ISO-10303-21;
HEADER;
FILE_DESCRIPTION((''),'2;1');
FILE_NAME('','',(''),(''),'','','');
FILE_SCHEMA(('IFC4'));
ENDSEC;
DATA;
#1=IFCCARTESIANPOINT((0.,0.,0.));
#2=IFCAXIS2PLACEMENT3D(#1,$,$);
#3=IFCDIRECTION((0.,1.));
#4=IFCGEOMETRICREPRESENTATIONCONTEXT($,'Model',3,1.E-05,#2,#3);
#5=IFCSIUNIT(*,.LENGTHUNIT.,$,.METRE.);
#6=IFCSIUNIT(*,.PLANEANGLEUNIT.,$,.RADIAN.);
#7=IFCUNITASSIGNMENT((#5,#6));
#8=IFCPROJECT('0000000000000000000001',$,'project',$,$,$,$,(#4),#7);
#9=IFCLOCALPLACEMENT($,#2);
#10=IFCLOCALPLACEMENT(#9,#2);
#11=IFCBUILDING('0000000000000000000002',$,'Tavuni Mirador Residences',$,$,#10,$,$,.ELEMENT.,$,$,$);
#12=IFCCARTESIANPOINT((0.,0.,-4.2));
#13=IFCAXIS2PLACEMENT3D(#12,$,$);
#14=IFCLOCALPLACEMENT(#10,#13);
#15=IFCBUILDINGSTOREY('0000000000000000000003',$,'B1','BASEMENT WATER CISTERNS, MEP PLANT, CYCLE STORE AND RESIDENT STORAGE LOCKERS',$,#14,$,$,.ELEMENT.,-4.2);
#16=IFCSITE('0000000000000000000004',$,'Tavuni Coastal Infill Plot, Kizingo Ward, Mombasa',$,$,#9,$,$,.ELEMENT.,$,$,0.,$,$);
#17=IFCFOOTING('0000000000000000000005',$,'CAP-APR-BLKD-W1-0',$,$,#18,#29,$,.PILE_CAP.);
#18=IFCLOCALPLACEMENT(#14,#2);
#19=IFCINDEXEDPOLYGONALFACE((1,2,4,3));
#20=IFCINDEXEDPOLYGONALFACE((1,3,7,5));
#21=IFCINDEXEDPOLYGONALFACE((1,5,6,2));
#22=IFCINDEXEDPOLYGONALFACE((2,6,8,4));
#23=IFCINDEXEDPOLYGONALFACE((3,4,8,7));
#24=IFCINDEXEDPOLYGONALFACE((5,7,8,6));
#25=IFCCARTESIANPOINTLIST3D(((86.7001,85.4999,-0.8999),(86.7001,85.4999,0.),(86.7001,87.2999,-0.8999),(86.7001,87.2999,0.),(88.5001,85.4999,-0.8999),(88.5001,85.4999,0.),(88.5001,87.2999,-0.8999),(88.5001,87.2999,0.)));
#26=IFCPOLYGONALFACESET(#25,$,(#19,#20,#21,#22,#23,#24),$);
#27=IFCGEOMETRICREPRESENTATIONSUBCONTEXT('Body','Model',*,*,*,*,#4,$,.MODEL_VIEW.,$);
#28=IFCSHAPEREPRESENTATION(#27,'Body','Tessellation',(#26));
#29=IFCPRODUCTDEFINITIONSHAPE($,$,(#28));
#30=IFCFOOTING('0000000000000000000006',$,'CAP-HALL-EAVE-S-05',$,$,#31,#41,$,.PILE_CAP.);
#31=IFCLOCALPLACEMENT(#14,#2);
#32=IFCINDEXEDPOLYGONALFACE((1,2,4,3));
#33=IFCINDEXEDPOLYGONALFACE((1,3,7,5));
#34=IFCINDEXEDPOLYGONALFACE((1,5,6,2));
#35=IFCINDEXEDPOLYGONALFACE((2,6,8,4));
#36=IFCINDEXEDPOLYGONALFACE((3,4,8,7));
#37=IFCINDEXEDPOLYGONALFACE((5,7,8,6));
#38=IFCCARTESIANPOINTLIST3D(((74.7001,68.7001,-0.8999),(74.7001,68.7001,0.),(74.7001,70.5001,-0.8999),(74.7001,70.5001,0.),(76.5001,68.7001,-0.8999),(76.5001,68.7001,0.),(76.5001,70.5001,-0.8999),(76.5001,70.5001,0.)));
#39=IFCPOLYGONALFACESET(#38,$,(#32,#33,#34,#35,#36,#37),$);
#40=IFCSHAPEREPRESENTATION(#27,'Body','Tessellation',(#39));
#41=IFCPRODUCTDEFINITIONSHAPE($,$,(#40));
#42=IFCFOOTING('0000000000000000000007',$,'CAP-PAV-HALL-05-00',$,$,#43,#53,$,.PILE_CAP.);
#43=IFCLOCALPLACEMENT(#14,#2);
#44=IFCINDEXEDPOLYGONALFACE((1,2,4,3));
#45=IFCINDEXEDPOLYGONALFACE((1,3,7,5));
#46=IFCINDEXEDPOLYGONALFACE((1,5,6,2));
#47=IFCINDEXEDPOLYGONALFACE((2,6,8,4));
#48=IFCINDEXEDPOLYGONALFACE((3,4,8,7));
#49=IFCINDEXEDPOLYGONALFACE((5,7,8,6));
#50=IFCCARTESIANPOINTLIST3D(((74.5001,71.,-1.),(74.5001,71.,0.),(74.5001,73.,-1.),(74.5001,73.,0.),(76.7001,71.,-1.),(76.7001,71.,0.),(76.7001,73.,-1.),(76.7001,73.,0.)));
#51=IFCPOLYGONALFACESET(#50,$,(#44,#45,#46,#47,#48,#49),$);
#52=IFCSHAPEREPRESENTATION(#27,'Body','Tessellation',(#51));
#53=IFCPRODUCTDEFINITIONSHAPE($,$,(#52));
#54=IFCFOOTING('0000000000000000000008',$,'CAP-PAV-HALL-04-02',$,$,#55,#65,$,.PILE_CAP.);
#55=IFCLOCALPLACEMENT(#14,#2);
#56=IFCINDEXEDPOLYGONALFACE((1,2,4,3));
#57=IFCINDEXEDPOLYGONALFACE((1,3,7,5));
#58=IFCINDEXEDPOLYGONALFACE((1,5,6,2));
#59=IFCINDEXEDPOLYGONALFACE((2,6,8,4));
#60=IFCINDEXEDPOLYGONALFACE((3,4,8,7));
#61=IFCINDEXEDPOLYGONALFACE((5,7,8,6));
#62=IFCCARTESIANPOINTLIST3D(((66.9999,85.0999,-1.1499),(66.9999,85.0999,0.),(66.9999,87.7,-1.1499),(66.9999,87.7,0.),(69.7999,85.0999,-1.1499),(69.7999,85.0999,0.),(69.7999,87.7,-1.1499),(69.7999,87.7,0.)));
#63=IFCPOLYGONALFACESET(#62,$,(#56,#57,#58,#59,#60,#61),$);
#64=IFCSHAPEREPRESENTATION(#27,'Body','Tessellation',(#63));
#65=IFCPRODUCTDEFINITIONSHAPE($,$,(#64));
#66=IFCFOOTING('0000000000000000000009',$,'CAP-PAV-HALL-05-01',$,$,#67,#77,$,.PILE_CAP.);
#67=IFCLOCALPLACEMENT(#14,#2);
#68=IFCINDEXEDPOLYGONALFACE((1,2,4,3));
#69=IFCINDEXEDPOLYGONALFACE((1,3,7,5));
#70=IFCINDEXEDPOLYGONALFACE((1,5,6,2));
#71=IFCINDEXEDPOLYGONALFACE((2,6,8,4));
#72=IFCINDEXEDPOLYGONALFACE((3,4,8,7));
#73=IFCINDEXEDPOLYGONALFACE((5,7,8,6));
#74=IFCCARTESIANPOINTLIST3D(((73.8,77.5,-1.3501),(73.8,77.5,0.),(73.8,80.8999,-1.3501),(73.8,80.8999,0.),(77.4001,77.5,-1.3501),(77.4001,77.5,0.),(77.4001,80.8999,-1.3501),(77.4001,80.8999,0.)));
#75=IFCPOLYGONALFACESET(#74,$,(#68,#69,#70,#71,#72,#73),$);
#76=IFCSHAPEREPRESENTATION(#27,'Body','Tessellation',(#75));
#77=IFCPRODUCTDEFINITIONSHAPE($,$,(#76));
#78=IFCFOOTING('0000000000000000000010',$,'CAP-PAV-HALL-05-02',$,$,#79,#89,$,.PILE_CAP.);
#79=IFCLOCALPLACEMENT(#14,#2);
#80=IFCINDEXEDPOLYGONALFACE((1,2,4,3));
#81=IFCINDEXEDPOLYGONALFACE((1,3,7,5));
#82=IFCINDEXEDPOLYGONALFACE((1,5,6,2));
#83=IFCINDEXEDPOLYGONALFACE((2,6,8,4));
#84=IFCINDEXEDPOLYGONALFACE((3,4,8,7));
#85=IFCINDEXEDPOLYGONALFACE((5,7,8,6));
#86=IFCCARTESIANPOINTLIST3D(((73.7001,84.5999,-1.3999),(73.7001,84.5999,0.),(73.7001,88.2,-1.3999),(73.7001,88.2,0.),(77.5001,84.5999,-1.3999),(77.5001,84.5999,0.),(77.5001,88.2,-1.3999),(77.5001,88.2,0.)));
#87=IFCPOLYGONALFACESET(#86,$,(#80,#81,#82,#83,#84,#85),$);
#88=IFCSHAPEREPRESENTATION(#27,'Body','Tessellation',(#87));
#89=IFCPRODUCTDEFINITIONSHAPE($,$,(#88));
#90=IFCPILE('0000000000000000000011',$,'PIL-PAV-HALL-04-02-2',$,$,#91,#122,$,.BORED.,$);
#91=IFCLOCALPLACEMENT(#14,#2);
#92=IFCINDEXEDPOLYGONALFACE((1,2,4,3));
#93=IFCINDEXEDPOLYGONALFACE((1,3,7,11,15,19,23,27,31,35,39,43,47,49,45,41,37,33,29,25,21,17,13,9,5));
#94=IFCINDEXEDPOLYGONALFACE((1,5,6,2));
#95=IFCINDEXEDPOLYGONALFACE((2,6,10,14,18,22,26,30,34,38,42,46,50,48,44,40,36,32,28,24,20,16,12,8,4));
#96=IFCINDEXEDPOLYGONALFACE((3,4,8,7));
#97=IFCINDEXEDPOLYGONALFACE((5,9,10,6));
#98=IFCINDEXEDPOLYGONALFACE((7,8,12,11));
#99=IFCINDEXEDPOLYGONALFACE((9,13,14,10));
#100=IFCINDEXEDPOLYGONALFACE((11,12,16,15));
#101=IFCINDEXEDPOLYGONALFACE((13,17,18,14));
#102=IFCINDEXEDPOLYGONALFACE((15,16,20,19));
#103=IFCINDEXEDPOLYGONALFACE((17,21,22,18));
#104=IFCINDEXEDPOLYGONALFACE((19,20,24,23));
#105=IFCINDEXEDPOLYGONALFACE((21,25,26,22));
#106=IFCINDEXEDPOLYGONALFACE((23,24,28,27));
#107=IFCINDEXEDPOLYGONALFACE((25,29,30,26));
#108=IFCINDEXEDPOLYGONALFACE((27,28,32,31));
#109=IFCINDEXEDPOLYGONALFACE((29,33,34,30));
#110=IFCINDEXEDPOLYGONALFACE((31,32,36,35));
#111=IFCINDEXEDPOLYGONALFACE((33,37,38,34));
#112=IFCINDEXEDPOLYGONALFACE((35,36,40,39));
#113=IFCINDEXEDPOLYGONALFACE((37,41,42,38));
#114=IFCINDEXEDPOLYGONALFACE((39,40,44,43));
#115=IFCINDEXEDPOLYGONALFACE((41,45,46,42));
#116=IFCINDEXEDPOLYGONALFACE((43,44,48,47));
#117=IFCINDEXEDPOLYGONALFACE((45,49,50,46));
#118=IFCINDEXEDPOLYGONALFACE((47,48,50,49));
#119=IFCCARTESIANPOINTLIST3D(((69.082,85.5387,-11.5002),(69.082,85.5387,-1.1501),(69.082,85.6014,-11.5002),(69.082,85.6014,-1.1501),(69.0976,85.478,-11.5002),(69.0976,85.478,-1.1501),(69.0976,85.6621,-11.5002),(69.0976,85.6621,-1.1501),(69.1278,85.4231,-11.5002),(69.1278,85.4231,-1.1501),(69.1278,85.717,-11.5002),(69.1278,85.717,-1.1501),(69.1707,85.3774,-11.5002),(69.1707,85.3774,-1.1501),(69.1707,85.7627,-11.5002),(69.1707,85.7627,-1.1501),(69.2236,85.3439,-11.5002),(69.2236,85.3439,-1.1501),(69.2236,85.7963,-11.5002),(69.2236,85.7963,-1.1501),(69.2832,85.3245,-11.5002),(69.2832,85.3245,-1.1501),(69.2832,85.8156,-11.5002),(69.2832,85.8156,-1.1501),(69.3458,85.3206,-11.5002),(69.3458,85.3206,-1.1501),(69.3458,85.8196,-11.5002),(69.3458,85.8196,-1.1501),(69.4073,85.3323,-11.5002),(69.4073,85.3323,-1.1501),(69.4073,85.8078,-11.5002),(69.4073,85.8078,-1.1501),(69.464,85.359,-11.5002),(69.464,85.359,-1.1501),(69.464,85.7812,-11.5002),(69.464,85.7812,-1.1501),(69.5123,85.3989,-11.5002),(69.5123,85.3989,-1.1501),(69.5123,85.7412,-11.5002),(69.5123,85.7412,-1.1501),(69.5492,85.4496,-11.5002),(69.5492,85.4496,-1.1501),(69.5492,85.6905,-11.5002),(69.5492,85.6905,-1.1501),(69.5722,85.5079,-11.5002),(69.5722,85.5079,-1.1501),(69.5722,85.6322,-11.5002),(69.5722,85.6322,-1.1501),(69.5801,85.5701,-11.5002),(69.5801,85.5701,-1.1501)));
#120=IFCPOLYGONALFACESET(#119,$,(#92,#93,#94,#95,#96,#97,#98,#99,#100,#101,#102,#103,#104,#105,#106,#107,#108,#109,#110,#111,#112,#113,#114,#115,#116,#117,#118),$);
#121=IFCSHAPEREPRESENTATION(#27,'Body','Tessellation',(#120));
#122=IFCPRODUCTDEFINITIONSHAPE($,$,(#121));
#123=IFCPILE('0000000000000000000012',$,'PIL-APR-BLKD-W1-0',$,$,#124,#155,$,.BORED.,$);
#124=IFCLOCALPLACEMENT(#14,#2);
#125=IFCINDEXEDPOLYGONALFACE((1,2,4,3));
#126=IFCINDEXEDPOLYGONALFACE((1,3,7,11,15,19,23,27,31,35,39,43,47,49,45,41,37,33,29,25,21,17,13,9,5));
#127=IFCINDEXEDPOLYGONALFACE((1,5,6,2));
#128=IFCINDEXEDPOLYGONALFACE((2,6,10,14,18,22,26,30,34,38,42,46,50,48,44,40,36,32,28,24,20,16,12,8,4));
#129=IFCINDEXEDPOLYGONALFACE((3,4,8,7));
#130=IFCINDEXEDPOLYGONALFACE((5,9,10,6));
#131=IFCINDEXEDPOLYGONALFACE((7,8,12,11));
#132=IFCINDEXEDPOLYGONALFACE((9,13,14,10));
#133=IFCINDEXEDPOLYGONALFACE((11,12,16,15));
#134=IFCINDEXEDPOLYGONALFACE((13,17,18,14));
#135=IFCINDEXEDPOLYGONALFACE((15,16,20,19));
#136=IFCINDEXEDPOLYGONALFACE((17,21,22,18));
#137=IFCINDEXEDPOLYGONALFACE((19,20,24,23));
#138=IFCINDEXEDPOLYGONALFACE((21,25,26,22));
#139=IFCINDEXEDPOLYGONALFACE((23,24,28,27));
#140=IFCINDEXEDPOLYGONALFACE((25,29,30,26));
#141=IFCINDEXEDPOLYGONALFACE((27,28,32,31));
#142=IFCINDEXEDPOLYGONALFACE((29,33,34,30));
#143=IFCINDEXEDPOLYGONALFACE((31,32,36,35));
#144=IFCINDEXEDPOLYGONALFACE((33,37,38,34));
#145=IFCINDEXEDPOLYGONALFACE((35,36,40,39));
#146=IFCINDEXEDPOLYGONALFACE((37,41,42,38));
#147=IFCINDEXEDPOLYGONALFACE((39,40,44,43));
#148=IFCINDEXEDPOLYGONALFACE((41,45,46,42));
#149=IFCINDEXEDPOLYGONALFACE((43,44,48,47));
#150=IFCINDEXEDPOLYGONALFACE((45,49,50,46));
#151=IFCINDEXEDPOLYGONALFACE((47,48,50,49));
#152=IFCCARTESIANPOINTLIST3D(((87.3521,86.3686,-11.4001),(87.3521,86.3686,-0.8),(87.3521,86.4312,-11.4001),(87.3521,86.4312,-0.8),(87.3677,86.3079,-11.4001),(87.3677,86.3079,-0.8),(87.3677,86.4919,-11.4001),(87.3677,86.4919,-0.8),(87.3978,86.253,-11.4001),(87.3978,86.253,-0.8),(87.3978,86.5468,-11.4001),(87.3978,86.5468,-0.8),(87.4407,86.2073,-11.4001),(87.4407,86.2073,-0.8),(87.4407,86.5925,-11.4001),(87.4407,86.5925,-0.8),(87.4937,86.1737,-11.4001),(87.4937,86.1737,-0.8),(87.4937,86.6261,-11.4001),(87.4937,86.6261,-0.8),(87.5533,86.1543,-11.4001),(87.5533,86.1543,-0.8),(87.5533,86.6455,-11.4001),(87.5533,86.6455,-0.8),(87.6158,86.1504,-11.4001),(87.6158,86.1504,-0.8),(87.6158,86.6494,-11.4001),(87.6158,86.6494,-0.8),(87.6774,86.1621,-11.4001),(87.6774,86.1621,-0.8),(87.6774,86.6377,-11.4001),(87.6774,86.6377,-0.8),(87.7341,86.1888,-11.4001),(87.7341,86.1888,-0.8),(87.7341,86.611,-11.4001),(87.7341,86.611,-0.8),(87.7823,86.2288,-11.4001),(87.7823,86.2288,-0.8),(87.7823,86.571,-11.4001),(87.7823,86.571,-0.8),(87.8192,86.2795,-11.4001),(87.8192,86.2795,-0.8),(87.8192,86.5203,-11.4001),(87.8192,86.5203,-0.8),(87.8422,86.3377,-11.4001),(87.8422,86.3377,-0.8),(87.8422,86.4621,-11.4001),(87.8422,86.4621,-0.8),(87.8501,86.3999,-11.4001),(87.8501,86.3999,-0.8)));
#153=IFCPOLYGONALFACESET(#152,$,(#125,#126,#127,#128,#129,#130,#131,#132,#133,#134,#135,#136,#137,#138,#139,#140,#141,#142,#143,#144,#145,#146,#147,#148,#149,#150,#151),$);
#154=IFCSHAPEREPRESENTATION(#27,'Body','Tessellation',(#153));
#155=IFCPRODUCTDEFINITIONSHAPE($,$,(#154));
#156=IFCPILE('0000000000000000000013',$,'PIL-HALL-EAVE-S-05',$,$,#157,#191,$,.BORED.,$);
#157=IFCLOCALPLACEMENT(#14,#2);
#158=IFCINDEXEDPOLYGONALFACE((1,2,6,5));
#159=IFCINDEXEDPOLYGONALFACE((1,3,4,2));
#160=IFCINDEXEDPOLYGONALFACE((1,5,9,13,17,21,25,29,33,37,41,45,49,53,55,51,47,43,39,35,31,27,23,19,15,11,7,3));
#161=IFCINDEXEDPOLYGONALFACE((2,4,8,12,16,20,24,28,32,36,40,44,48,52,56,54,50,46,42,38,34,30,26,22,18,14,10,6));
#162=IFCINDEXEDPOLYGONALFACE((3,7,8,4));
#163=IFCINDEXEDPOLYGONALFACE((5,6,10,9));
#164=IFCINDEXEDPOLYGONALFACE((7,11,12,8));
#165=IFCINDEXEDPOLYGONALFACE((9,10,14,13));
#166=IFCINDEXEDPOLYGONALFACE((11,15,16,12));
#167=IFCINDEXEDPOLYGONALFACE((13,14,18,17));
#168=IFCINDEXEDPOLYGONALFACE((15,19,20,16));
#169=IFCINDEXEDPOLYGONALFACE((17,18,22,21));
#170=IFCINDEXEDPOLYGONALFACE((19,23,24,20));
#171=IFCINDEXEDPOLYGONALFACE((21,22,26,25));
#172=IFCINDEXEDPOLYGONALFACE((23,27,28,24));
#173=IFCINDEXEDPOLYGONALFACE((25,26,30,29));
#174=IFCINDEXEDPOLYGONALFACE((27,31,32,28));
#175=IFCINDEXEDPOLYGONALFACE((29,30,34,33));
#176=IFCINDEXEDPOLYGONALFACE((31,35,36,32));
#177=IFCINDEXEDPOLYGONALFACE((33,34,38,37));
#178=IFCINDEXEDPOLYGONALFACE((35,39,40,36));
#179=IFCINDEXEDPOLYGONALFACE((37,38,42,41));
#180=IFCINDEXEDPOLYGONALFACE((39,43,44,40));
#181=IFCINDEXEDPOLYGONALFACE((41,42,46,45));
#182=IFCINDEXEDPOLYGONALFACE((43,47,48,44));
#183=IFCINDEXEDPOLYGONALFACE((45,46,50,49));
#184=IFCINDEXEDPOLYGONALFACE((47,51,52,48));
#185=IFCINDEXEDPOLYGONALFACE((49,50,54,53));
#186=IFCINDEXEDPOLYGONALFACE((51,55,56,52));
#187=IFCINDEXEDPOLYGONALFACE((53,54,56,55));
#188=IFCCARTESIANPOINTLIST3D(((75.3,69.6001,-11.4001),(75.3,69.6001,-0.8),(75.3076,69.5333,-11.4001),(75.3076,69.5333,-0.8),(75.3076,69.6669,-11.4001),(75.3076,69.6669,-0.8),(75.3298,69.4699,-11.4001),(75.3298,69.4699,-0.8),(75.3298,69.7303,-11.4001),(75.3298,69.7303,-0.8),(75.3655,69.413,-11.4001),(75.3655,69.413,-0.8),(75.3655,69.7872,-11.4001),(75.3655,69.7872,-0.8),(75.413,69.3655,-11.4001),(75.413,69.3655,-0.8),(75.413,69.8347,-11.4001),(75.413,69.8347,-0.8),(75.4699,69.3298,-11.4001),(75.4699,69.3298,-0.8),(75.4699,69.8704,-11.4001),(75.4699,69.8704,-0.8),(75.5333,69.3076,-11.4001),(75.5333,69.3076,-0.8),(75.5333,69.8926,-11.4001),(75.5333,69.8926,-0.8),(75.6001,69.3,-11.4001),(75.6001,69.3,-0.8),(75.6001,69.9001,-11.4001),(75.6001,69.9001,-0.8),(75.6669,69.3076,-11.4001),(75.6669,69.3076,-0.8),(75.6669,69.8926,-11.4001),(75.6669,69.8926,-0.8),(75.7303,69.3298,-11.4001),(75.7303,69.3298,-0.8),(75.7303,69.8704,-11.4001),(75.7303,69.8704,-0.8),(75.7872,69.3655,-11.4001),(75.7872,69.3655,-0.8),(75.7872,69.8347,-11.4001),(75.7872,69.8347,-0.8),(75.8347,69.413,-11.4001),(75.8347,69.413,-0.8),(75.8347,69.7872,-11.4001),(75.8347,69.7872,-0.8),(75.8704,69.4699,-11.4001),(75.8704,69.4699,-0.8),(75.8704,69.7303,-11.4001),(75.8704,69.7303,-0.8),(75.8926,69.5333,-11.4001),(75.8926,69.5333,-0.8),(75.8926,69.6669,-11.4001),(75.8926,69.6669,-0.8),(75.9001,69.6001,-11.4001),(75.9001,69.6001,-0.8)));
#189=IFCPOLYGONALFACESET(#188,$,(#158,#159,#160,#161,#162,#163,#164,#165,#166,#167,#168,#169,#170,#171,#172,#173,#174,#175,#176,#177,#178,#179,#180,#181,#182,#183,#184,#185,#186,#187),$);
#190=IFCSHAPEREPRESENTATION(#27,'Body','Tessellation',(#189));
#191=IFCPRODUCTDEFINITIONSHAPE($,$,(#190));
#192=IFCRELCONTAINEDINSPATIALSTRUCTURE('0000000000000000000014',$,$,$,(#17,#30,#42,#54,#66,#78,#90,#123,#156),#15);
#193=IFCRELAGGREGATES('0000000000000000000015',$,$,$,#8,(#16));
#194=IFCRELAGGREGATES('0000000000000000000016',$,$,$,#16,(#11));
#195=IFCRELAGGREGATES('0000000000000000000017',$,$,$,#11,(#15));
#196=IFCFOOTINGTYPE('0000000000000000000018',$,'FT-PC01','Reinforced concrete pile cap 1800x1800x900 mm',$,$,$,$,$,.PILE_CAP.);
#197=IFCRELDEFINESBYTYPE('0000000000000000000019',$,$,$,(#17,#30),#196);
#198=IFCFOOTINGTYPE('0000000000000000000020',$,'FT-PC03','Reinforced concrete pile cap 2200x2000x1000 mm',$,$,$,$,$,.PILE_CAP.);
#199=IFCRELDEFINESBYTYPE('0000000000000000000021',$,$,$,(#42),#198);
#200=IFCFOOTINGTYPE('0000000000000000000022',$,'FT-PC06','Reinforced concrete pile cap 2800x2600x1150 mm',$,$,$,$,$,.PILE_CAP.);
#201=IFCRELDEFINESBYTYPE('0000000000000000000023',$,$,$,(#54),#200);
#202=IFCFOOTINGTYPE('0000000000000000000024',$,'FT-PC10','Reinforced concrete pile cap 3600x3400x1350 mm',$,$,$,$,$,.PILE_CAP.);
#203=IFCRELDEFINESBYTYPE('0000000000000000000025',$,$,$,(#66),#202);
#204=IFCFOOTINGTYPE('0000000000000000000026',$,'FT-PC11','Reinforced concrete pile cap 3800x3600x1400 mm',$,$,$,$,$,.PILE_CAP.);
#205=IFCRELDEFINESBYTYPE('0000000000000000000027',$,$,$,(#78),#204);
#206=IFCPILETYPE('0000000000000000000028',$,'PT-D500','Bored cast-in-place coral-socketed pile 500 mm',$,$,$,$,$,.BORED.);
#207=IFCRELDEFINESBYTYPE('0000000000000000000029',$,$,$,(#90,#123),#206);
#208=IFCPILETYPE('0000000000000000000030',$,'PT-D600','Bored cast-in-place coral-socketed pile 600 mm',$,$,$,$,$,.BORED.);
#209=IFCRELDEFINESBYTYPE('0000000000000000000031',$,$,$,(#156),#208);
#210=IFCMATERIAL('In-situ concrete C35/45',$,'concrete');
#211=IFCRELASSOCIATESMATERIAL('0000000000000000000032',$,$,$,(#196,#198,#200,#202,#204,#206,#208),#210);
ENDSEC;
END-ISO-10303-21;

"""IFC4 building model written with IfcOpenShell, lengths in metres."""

from ifc_helpers import new_model, si_unit, direction, frame, origin, origin_2d, place, context, subcontext, project, spatial, rectangle, circle, extrude, material, material_profile, profile_set, type_object, element, save


model = new_model("IFC4")

# Units and contexts
model_context = context("Model", 3, precision=1e-05, world=origin(), true_north=direction((0.0, 1.0)))
body_context = subcontext(model_context, "Body", "Model", "MODEL_VIEW")
ifc_project = project(units=[si_unit("LENGTHUNIT", "METRE"), si_unit("PLANEANGLEUNIT", "RADIAN")], contexts=[model_context])

# Site, building, storey
site_placement = place(None, origin())
site = spatial("IfcSite", under=ifc_project, at=site_placement, Name="Tavuni Coastal Infill Plot, Kizingo Ward, Mombasa", CompositionType="ELEMENT", RefElevation=0.0)
building_placement = place(site_placement, origin())
building = spatial("IfcBuilding", under=site, at=building_placement, Name="Tavuni Mirador Residences", CompositionType="ELEMENT")
storey_placement = place(building_placement, frame((0.0, 0.0, -4.2)))
storey = spatial("IfcBuildingStorey", under=building, at=storey_placement, Name="B1", Description="BASEMENT WATER CISTERNS, MEP PLANT, CYCLE STORE AND RESIDENT STORAGE LOCKERS", CompositionType="ELEMENT", Elevation=-4.2)

# Footings
ifc_material_1 = material(Name="In-situ concrete C35/45", Category="concrete")
footing_type_1 = type_object("IfcFootingType", Name="FT-PC01", Description="Reinforced concrete pile cap 1800x1800x900 mm", PredefinedType="PILE_CAP", material=ifc_material_1)
for number, where, z_axis, x_axis, name in (
    (1, (87.6001, 86.3999, -0.8999), (0.0, 0.0, 1.0), (1.0, 0.0, 0.0), "CAP-APR-BLKD-W1-0"),
    (2, (75.6001, 69.6001, -0.8999), (0.0, 0.0, 1.0), (1.0, 0.0, 0.0), "CAP-HALL-EAVE-S-05"),
):
    element("IfcFooting", number, at=place(storey_placement, frame(where, z_axis=z_axis, x_axis=x_axis)), inside=storey, type_object=footing_type_1, Name=name, PredefinedType="PILE_CAP", context=body_context, shape_type="SweptSolid", body=[
        extrude(rectangle(XDim=1.8, YDim=1.8, at=origin_2d()), origin(), (0.0, 0.0, 1.0), 0.8999),
    ])
footing_type_2 = type_object("IfcFootingType", Name="FT-PC03", Description="Reinforced concrete pile cap 2200x2000x1000 mm", PredefinedType="PILE_CAP", material=ifc_material_1)
footing_1_placement = place(storey_placement, frame((75.6001, 72.0, -1.0), z_axis=(0.0, 0.0, 1.0), x_axis=(1.0, 0.0, 0.0)))
element("IfcFooting", 3, at=footing_1_placement, inside=storey, type_object=footing_type_2, Name="CAP-PAV-HALL-05-00", PredefinedType="PILE_CAP", context=body_context, shape_type="SweptSolid", body=[
    extrude(rectangle(XDim=2.2, YDim=2.0, at=origin_2d()), origin(), (0.0, 0.0, 1.0), 1.0),
])
footing_type_3 = type_object("IfcFootingType", Name="FT-PC06", Description="Reinforced concrete pile cap 2800x2600x1150 mm", PredefinedType="PILE_CAP", material=ifc_material_1)
footing_2_placement = place(storey_placement, frame((68.3999, 86.3999, -1.1499), z_axis=(0.0, 0.0, 1.0), x_axis=(1.0, 0.0, 0.0)))
element("IfcFooting", 4, at=footing_2_placement, inside=storey, type_object=footing_type_3, Name="CAP-PAV-HALL-04-02", PredefinedType="PILE_CAP", context=body_context, shape_type="SweptSolid", body=[
    extrude(rectangle(XDim=2.8, YDim=2.6001, at=origin_2d()), origin(), (0.0, 0.0, 1.0), 1.1499),
])
footing_type_4 = type_object("IfcFootingType", Name="FT-PC10", Description="Reinforced concrete pile cap 3600x3400x1350 mm", PredefinedType="PILE_CAP", material=ifc_material_1)
footing_3_placement = place(storey_placement, frame((75.6001, 79.2, -1.3501), z_axis=(0.0, 0.0, 1.0), x_axis=(1.0, 0.0, 0.0)))
element("IfcFooting", 5, at=footing_3_placement, inside=storey, type_object=footing_type_4, Name="CAP-PAV-HALL-05-01", PredefinedType="PILE_CAP", context=body_context, shape_type="SweptSolid", body=[
    extrude(rectangle(XDim=3.6001, YDim=3.3999, at=origin_2d()), origin(), (0.0, 0.0, 1.0), 1.3501),
])
footing_type_5 = type_object("IfcFootingType", Name="FT-PC11", Description="Reinforced concrete pile cap 3800x3600x1400 mm", PredefinedType="PILE_CAP", material=ifc_material_1)
footing_4_placement = place(storey_placement, frame((75.6001, 86.3999, -1.3999), z_axis=(0.0, 0.0, 1.0), x_axis=(1.0, 0.0, 0.0)))
element("IfcFooting", 6, at=footing_4_placement, inside=storey, type_object=footing_type_5, Name="CAP-PAV-HALL-05-02", PredefinedType="PILE_CAP", context=body_context, shape_type="SweptSolid", body=[
    extrude(rectangle(XDim=3.8, YDim=3.6001, at=origin_2d()), origin(), (0.0, 0.0, 1.0), 1.3999),
])

# Piles
ifc_material_profile_1 = material_profile(ifc_material_1, circle(Radius=0.25, at=origin_2d()), Name="PILE D500", Category="concrete")
ifc_profile_set_1 = profile_set([ifc_material_profile_1], Name="In-situ concrete C35/45")
pile_type_1 = type_object("IfcPileType", Name="PT-D500", Description="Bored cast-in-place coral-socketed pile 500 mm", PredefinedType="BORED", material=ifc_profile_set_1)
pile_1_placement = place(storey_placement, frame((69.3301, 85.5701, -1.1501), z_axis=(0.0, 0.0, -1.0), x_axis=(1.0, 0.0, 0.0)))
element("IfcPile", 7, at=pile_1_placement, inside=storey, type_object=pile_type_1, Name="PIL-PAV-HALL-04-02-2", PredefinedType="BORED", context=body_context, shape_type="SweptSolid", body=[
    extrude(circle(Radius=0.25, at=origin_2d()), origin(), (0.0, 0.0, 1.0), 10.3501),
])
pile_2_placement = place(storey_placement, frame((87.6001, 86.3999, -0.8), z_axis=(0.0, 0.0, -1.0), x_axis=(1.0, 0.0, 0.0)))
element("IfcPile", 8, at=pile_2_placement, inside=storey, type_object=pile_type_1, Name="PIL-APR-BLKD-W1-0", PredefinedType="BORED", context=body_context, shape_type="SweptSolid", body=[
    extrude(circle(Radius=0.25, at=origin_2d()), origin(), (0.0, 0.0, 1.0), 10.6001),
])
ifc_material_profile_2 = material_profile(ifc_material_1, circle(Radius=0.3, at=origin_2d()), Name="PILE D600", Category="concrete")
ifc_profile_set_2 = profile_set([ifc_material_profile_2], Name="In-situ concrete C35/45")
pile_type_2 = type_object("IfcPileType", Name="PT-D600", Description="Bored cast-in-place coral-socketed pile 600 mm", PredefinedType="BORED", material=ifc_profile_set_2)
pile_3_placement = place(storey_placement, frame((75.6001, 69.6001, -0.8), z_axis=(0.0, 0.0, -1.0), x_axis=(1.0, 0.0, 0.0)))
element("IfcPile", 9, at=pile_3_placement, inside=storey, type_object=pile_type_2, Name="PIL-HALL-EAVE-S-05", PredefinedType="BORED", context=body_context, shape_type="SweptSolid", body=[
    extrude(circle(Radius=0.3, at=origin_2d()), origin(), (0.0, 0.0, 1.0), 10.6001),
])

save(model, "model.ifc")
